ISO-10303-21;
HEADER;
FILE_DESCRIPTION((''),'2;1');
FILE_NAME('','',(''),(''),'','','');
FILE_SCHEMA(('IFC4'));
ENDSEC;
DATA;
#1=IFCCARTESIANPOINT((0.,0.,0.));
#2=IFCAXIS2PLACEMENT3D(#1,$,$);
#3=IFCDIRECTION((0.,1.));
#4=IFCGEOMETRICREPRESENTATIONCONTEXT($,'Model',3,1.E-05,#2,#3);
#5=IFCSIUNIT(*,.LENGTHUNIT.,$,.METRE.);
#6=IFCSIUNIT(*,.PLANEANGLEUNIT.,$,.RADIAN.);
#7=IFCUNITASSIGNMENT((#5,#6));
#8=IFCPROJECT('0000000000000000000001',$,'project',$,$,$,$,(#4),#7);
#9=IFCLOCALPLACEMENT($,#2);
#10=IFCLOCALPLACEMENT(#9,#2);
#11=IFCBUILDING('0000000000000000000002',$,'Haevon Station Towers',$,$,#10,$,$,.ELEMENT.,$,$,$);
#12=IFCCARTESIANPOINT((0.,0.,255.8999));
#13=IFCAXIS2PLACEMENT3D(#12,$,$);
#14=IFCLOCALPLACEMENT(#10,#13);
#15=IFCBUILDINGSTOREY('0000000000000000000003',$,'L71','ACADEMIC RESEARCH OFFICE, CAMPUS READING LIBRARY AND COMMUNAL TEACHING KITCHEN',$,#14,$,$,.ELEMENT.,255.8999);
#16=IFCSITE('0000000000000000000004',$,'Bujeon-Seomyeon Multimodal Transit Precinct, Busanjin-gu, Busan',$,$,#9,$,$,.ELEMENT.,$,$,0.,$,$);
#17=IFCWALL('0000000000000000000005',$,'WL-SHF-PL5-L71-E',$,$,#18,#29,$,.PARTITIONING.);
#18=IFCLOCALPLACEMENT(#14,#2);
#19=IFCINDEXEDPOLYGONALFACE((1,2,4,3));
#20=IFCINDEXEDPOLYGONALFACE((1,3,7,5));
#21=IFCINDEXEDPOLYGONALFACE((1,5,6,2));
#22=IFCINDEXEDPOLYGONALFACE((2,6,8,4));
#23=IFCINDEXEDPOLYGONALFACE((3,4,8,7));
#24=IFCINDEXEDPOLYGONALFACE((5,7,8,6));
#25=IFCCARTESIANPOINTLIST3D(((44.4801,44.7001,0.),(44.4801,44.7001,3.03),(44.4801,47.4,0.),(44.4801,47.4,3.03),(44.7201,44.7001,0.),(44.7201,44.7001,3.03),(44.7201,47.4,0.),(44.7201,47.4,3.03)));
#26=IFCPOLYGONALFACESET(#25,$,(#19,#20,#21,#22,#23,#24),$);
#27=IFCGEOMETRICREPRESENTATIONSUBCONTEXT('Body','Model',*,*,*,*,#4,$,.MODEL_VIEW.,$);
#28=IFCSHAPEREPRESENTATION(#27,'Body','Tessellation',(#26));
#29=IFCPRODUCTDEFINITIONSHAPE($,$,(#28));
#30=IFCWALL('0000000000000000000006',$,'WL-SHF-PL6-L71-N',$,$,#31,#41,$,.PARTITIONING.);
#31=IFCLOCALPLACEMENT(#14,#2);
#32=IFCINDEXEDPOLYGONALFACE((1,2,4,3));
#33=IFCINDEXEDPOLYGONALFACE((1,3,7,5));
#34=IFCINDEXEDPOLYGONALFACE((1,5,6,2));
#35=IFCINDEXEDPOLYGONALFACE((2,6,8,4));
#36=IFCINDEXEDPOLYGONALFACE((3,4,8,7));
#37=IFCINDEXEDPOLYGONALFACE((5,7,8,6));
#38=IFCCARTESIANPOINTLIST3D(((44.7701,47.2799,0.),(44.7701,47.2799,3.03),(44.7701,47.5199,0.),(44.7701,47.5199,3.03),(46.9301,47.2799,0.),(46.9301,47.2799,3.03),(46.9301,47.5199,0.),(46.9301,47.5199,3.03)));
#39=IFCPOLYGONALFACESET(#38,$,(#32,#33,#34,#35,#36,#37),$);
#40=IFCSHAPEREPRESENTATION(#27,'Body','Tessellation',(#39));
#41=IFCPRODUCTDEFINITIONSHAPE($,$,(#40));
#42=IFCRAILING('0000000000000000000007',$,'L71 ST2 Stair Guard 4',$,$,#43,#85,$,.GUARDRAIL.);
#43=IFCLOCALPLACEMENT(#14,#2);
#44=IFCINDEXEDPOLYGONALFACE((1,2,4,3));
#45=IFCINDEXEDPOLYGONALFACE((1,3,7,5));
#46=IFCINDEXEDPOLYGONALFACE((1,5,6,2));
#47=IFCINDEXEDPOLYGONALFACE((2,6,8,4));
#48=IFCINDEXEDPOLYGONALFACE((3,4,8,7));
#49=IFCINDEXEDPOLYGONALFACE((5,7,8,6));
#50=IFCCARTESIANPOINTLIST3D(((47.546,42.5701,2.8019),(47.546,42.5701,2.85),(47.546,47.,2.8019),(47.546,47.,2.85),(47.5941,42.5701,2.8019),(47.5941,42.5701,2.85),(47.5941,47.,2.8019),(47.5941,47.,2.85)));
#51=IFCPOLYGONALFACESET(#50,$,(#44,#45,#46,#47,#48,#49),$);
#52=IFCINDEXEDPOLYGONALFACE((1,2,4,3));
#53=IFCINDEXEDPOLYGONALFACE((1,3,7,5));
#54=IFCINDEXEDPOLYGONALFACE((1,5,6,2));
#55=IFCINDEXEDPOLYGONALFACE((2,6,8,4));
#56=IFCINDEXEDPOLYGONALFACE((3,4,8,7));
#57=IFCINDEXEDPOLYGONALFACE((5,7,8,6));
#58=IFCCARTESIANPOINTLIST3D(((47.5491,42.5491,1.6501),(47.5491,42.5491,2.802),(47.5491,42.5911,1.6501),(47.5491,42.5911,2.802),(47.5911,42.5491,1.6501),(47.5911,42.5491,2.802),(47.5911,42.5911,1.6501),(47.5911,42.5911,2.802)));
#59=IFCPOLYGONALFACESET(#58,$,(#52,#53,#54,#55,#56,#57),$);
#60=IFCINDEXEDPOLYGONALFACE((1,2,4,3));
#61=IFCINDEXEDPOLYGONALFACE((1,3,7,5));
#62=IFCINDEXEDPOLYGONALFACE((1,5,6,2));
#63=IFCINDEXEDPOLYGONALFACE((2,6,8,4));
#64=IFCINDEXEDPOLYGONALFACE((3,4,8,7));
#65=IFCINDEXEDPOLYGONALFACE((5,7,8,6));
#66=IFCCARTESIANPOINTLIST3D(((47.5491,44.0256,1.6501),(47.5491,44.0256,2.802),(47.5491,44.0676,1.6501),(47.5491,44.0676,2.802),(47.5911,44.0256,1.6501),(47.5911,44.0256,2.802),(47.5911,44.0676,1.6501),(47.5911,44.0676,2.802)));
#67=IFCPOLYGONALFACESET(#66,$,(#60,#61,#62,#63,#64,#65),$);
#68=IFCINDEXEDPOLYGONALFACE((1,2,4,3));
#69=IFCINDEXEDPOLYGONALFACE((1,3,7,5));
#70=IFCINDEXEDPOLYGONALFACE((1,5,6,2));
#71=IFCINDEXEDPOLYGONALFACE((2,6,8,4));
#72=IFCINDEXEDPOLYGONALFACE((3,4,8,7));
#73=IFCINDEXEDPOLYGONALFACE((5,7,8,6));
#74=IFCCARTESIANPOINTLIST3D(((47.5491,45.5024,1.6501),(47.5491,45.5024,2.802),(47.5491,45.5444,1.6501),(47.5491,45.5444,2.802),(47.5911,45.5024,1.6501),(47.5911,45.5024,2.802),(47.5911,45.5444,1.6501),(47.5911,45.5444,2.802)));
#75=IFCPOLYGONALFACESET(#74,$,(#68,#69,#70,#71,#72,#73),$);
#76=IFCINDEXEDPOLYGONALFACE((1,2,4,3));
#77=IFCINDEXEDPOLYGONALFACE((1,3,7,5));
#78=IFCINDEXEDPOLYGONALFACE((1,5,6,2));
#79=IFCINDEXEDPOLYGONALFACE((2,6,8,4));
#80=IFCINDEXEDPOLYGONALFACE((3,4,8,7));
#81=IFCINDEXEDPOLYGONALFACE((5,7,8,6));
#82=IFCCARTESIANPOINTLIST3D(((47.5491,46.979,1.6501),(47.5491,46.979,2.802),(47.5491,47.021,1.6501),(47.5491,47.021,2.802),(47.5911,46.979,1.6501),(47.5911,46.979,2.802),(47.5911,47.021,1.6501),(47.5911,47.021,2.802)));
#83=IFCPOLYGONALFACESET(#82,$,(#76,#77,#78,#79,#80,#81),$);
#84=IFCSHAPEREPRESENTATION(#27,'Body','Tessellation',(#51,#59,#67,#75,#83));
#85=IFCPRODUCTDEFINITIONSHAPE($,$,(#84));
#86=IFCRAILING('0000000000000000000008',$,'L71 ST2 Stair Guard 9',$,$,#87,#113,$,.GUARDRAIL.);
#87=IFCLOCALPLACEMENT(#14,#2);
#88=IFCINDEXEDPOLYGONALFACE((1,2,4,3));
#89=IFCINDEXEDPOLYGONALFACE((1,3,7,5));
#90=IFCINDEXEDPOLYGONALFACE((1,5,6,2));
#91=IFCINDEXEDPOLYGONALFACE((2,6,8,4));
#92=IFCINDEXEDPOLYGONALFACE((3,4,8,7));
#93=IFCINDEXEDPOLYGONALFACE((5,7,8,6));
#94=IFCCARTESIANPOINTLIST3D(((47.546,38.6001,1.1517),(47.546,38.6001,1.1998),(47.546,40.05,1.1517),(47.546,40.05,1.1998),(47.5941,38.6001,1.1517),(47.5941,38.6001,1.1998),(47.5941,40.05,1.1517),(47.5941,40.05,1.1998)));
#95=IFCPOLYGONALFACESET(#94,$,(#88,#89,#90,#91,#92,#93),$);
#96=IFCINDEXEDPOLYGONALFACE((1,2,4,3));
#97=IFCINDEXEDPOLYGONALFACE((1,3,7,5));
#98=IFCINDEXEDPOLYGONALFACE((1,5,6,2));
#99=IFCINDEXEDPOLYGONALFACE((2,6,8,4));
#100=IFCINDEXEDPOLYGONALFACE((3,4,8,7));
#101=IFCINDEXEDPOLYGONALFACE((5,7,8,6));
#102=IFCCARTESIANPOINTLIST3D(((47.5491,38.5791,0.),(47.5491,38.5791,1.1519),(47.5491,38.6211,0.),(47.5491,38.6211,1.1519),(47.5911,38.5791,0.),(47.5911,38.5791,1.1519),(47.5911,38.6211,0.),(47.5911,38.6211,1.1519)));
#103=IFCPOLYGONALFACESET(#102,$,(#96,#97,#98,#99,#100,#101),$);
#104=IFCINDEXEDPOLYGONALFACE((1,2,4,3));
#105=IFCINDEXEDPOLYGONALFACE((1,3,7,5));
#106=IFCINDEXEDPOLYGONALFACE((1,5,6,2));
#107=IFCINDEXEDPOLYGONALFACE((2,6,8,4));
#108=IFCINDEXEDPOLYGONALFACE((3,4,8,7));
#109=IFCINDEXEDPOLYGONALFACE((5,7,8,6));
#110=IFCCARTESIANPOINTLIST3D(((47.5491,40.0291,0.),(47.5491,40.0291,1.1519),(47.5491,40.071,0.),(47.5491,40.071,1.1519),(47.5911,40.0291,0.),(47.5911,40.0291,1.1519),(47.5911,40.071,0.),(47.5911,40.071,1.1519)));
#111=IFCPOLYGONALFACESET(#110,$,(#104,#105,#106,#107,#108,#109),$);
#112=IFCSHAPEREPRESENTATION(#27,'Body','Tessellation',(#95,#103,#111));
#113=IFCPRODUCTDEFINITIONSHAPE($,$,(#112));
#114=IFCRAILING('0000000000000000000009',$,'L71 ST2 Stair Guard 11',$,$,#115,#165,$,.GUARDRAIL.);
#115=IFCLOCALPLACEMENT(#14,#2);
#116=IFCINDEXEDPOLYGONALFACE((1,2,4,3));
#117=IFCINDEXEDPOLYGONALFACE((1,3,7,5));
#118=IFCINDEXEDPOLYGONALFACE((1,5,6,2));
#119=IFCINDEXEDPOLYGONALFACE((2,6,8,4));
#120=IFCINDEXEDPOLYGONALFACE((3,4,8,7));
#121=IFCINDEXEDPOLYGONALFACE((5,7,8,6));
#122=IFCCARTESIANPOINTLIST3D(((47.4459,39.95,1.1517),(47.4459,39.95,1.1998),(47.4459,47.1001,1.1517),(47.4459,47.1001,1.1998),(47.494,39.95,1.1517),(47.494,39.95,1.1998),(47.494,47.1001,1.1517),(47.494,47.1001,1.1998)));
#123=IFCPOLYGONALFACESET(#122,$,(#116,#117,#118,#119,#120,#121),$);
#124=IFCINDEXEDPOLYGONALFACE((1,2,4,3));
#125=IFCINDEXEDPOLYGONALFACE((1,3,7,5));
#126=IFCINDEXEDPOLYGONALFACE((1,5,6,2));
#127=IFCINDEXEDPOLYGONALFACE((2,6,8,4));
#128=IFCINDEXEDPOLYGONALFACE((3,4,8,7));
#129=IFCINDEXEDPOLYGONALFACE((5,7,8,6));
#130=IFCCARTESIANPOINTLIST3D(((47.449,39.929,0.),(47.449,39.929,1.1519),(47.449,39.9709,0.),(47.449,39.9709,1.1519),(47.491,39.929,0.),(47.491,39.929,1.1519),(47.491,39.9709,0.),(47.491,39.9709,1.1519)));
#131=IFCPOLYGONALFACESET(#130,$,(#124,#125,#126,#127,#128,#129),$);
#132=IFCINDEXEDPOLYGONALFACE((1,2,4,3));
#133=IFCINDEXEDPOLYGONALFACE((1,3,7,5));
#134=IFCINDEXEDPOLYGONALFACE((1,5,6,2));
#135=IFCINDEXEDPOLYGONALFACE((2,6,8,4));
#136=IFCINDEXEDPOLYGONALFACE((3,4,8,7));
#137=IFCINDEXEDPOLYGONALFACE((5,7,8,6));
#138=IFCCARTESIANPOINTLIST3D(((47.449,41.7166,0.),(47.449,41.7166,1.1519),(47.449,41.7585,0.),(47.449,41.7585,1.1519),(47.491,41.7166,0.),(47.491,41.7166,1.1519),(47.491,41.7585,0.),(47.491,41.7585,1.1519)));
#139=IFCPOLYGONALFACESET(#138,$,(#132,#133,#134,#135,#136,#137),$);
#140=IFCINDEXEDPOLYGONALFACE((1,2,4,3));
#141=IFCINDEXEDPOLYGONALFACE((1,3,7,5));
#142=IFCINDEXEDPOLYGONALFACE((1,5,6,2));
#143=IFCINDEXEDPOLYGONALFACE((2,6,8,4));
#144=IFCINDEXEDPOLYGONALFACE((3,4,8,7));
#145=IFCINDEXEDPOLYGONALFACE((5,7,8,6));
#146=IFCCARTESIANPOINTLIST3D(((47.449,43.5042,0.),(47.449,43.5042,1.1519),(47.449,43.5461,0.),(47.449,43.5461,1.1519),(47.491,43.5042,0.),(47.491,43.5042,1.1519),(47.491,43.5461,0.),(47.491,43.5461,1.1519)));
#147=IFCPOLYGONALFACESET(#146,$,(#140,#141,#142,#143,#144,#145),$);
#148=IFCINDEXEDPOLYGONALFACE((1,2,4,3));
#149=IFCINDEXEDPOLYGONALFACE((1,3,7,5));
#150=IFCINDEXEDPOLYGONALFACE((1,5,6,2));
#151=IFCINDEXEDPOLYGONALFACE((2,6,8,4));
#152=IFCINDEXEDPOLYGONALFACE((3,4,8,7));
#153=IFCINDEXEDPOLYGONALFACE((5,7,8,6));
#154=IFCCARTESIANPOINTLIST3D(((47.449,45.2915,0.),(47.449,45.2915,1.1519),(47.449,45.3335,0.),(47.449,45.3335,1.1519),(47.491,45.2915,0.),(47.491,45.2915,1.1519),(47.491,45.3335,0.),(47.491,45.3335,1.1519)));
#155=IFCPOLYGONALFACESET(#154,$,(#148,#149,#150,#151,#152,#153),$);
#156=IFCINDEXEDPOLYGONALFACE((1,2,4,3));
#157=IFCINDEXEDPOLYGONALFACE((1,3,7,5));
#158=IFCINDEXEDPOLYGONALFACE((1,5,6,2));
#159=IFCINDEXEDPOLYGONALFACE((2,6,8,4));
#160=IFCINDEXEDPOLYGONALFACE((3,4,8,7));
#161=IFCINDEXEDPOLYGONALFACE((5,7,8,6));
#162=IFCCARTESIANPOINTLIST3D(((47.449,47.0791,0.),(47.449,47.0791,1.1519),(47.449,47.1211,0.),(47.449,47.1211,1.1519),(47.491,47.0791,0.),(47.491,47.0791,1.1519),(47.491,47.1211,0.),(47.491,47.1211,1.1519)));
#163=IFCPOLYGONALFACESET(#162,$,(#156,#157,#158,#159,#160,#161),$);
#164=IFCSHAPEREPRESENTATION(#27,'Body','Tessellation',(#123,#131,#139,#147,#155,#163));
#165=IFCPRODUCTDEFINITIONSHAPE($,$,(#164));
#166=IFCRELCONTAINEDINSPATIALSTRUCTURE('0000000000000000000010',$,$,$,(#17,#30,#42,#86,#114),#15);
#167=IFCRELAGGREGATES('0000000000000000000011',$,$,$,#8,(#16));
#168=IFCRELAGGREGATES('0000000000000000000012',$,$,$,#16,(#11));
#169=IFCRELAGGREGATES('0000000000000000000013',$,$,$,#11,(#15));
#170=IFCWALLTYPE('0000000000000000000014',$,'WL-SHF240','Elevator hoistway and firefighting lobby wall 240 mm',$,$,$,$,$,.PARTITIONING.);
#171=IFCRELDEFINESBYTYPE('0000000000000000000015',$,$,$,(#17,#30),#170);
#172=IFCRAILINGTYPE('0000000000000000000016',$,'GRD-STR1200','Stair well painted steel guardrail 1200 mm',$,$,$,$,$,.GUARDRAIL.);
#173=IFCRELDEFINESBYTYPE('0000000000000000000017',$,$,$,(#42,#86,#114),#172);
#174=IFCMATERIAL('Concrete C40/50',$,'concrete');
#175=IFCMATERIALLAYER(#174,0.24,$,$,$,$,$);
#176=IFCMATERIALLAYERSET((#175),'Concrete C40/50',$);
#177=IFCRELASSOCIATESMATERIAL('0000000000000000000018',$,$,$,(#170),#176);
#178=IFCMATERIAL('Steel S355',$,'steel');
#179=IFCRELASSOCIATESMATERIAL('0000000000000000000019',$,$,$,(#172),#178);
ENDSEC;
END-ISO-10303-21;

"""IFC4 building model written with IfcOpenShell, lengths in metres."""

from ifc_helpers import new_model, si_unit, direction, frame, frame_2d, origin, origin_2d, place, context, subcontext, project, spatial, rectangle, extrude, material, layer, layer_set, type_object, element, save


model = new_model("IFC4")

# Units and contexts
model_context = context("Model", 3, precision=1e-05, world=origin(), true_north=direction((0.0, 1.0)))
body_context = subcontext(model_context, "Body", "Model", "MODEL_VIEW")
ifc_project = project(units=[si_unit("LENGTHUNIT", "METRE"), si_unit("PLANEANGLEUNIT", "RADIAN")], contexts=[model_context])

# Site, building, storey
site_placement = place(None, origin())
site = spatial("IfcSite", under=ifc_project, at=site_placement, Name="Bujeon-Seomyeon Multimodal Transit Precinct, Busanjin-gu, Busan", CompositionType="ELEMENT", RefElevation=0.0)
building_placement = place(site_placement, origin())
building = spatial("IfcBuilding", under=site, at=building_placement, Name="Haevon Station Towers", CompositionType="ELEMENT")
storey_placement = place(building_placement, frame((0.0, 0.0, 255.8999)))
storey = spatial("IfcBuildingStorey", under=building, at=storey_placement, Name="L71", Description="ACADEMIC RESEARCH OFFICE, CAMPUS READING LIBRARY AND COMMUNAL TEACHING KITCHEN", CompositionType="ELEMENT", Elevation=255.8999)

# Shared definitions
ifc_material_1 = material(Name="Steel S355", Category="steel")

# Wall
ifc_material_2 = material(Name="Concrete C40/50", Category="concrete")
ifc_layer_1 = layer(ifc_material_2, 0.24)
ifc_layer_set_1 = layer_set([ifc_layer_1], Name="Concrete C40/50")
wall_type_1 = type_object("IfcWallType", Name="WL-SHF240", Description="Elevator hoistway and firefighting lobby wall 240 mm", PredefinedType="PARTITIONING", material=ifc_layer_set_1)
wall_1_placement = place(storey_placement, frame((44.6001, 44.7, 0.0), z_axis=(0.0, 0.0, 1.0), x_axis=(0.0, 1.0, 0.0)))
element("IfcWall", 1, at=wall_1_placement, inside=storey, type_object=wall_type_1, Name="WL-SHF-PL5-L71-E", PredefinedType="PARTITIONING", context=body_context, shape_type="SweptSolid", body=[
    extrude(rectangle(XDim=2.7, YDim=0.24, at=frame_2d((1.3501, 0.0))), origin(), (0.0, 0.0, 1.0), 3.03),
])

# Wall
wall_2_placement = place(storey_placement, frame((44.77, 47.3999, 0.0), z_axis=(0.0, 0.0, 1.0), x_axis=(1.0, 0.0, 0.0)))
element("IfcWall", 2, at=wall_2_placement, inside=storey, type_object=wall_type_1, Name="WL-SHF-PL6-L71-N", PredefinedType="PARTITIONING", context=body_context, shape_type="SweptSolid", body=[
    extrude(rectangle(XDim=2.1599, YDim=0.24, at=frame_2d((1.0801, 0.0))), origin(), (0.0, 0.0, 1.0), 3.03),
])

# Railings
railing_type = type_object("IfcRailingType", Name="GRD-STR1200", Description="Stair well painted steel guardrail 1200 mm", PredefinedType="GUARDRAIL", material=ifc_material_1)
railing_1_placement = place(storey_placement, frame((47.5701, 42.5701, 1.6501)))
element("IfcRailing", 3, at=railing_1_placement, inside=storey, type_object=railing_type, Name="L71 ST2 Stair Guard 4", PredefinedType="GUARDRAIL", context=body_context, shape_type="SweptSolid", body=[
    extrude(rectangle(XDim=0.0481, YDim=0.0481, at=origin_2d()), frame((0.0, 0.0, 1.1758), z_axis=(0.0, 1.0, 0.0), x_axis=(-1.0, 0.0, 0.0)), (0.0, 0.0, 1.0), 4.4299),
    extrude(rectangle(XDim=0.042, YDim=0.042, at=origin_2d()), origin(), (0.0, 0.0, 1.0), 1.1519),
    extrude(rectangle(XDim=0.042, YDim=0.042, at=origin_2d()), frame((0.0, 1.4766, 0.0)), (0.0, 0.0, 1.0), 1.1519),
    extrude(rectangle(XDim=0.042, YDim=0.042, at=origin_2d()), frame((0.0, 2.9534, 0.0)), (0.0, 0.0, 1.0), 1.1519),
    extrude(rectangle(XDim=0.042, YDim=0.042, at=origin_2d()), frame((0.0, 4.4299, 0.0)), (0.0, 0.0, 1.0), 1.1519),
])
railing_2_placement = place(storey_placement, frame((47.5701, 38.6001, 0.0)))
element("IfcRailing", 4, at=railing_2_placement, inside=storey, type_object=railing_type, Name="L71 ST2 Stair Guard 9", PredefinedType="GUARDRAIL", context=body_context, shape_type="SweptSolid", body=[
    extrude(rectangle(XDim=0.0481, YDim=0.0481, at=origin_2d()), frame((0.0, 0.0, 1.1758), z_axis=(0.0, 1.0, 0.0), x_axis=(-1.0, 0.0, 0.0)), (0.0, 0.0, 1.0), 1.45),
    extrude(rectangle(XDim=0.042, YDim=0.042, at=origin_2d()), origin(), (0.0, 0.0, 1.0), 1.1519),
    extrude(rectangle(XDim=0.042, YDim=0.042, at=origin_2d()), frame((0.0, 1.45, 0.0)), (0.0, 0.0, 1.0), 1.1519),
])
railing_3_placement = place(storey_placement, frame((47.47, 39.95, 0.0)))
element("IfcRailing", 5, at=railing_3_placement, inside=storey, type_object=railing_type, Name="L71 ST2 Stair Guard 11", PredefinedType="GUARDRAIL", context=body_context, shape_type="SweptSolid", body=[
    extrude(rectangle(XDim=0.0481, YDim=0.0481, at=origin_2d()), frame((0.0, 0.0, 1.1758), z_axis=(0.0, 1.0, 0.0), x_axis=(-1.0, 0.0, 0.0)), (0.0, 0.0, 1.0), 7.1501),
    extrude(rectangle(XDim=0.042, YDim=0.042, at=origin_2d()), origin(), (0.0, 0.0, 1.0), 1.1519),
    extrude(rectangle(XDim=0.042, YDim=0.042, at=origin_2d()), frame((0.0, 1.7876, 0.0)), (0.0, 0.0, 1.0), 1.1519),
    extrude(rectangle(XDim=0.042, YDim=0.042, at=origin_2d()), frame((0.0, 3.5752, 0.0)), (0.0, 0.0, 1.0), 1.1519),
    extrude(rectangle(XDim=0.042, YDim=0.042, at=origin_2d()), frame((0.0, 5.3625, 0.0)), (0.0, 0.0, 1.0), 1.1519),
    extrude(rectangle(XDim=0.042, YDim=0.042, at=origin_2d()), frame((0.0, 7.1501, 0.0)), (0.0, 0.0, 1.0), 1.1519),
])

save(model, "model.ifc")
